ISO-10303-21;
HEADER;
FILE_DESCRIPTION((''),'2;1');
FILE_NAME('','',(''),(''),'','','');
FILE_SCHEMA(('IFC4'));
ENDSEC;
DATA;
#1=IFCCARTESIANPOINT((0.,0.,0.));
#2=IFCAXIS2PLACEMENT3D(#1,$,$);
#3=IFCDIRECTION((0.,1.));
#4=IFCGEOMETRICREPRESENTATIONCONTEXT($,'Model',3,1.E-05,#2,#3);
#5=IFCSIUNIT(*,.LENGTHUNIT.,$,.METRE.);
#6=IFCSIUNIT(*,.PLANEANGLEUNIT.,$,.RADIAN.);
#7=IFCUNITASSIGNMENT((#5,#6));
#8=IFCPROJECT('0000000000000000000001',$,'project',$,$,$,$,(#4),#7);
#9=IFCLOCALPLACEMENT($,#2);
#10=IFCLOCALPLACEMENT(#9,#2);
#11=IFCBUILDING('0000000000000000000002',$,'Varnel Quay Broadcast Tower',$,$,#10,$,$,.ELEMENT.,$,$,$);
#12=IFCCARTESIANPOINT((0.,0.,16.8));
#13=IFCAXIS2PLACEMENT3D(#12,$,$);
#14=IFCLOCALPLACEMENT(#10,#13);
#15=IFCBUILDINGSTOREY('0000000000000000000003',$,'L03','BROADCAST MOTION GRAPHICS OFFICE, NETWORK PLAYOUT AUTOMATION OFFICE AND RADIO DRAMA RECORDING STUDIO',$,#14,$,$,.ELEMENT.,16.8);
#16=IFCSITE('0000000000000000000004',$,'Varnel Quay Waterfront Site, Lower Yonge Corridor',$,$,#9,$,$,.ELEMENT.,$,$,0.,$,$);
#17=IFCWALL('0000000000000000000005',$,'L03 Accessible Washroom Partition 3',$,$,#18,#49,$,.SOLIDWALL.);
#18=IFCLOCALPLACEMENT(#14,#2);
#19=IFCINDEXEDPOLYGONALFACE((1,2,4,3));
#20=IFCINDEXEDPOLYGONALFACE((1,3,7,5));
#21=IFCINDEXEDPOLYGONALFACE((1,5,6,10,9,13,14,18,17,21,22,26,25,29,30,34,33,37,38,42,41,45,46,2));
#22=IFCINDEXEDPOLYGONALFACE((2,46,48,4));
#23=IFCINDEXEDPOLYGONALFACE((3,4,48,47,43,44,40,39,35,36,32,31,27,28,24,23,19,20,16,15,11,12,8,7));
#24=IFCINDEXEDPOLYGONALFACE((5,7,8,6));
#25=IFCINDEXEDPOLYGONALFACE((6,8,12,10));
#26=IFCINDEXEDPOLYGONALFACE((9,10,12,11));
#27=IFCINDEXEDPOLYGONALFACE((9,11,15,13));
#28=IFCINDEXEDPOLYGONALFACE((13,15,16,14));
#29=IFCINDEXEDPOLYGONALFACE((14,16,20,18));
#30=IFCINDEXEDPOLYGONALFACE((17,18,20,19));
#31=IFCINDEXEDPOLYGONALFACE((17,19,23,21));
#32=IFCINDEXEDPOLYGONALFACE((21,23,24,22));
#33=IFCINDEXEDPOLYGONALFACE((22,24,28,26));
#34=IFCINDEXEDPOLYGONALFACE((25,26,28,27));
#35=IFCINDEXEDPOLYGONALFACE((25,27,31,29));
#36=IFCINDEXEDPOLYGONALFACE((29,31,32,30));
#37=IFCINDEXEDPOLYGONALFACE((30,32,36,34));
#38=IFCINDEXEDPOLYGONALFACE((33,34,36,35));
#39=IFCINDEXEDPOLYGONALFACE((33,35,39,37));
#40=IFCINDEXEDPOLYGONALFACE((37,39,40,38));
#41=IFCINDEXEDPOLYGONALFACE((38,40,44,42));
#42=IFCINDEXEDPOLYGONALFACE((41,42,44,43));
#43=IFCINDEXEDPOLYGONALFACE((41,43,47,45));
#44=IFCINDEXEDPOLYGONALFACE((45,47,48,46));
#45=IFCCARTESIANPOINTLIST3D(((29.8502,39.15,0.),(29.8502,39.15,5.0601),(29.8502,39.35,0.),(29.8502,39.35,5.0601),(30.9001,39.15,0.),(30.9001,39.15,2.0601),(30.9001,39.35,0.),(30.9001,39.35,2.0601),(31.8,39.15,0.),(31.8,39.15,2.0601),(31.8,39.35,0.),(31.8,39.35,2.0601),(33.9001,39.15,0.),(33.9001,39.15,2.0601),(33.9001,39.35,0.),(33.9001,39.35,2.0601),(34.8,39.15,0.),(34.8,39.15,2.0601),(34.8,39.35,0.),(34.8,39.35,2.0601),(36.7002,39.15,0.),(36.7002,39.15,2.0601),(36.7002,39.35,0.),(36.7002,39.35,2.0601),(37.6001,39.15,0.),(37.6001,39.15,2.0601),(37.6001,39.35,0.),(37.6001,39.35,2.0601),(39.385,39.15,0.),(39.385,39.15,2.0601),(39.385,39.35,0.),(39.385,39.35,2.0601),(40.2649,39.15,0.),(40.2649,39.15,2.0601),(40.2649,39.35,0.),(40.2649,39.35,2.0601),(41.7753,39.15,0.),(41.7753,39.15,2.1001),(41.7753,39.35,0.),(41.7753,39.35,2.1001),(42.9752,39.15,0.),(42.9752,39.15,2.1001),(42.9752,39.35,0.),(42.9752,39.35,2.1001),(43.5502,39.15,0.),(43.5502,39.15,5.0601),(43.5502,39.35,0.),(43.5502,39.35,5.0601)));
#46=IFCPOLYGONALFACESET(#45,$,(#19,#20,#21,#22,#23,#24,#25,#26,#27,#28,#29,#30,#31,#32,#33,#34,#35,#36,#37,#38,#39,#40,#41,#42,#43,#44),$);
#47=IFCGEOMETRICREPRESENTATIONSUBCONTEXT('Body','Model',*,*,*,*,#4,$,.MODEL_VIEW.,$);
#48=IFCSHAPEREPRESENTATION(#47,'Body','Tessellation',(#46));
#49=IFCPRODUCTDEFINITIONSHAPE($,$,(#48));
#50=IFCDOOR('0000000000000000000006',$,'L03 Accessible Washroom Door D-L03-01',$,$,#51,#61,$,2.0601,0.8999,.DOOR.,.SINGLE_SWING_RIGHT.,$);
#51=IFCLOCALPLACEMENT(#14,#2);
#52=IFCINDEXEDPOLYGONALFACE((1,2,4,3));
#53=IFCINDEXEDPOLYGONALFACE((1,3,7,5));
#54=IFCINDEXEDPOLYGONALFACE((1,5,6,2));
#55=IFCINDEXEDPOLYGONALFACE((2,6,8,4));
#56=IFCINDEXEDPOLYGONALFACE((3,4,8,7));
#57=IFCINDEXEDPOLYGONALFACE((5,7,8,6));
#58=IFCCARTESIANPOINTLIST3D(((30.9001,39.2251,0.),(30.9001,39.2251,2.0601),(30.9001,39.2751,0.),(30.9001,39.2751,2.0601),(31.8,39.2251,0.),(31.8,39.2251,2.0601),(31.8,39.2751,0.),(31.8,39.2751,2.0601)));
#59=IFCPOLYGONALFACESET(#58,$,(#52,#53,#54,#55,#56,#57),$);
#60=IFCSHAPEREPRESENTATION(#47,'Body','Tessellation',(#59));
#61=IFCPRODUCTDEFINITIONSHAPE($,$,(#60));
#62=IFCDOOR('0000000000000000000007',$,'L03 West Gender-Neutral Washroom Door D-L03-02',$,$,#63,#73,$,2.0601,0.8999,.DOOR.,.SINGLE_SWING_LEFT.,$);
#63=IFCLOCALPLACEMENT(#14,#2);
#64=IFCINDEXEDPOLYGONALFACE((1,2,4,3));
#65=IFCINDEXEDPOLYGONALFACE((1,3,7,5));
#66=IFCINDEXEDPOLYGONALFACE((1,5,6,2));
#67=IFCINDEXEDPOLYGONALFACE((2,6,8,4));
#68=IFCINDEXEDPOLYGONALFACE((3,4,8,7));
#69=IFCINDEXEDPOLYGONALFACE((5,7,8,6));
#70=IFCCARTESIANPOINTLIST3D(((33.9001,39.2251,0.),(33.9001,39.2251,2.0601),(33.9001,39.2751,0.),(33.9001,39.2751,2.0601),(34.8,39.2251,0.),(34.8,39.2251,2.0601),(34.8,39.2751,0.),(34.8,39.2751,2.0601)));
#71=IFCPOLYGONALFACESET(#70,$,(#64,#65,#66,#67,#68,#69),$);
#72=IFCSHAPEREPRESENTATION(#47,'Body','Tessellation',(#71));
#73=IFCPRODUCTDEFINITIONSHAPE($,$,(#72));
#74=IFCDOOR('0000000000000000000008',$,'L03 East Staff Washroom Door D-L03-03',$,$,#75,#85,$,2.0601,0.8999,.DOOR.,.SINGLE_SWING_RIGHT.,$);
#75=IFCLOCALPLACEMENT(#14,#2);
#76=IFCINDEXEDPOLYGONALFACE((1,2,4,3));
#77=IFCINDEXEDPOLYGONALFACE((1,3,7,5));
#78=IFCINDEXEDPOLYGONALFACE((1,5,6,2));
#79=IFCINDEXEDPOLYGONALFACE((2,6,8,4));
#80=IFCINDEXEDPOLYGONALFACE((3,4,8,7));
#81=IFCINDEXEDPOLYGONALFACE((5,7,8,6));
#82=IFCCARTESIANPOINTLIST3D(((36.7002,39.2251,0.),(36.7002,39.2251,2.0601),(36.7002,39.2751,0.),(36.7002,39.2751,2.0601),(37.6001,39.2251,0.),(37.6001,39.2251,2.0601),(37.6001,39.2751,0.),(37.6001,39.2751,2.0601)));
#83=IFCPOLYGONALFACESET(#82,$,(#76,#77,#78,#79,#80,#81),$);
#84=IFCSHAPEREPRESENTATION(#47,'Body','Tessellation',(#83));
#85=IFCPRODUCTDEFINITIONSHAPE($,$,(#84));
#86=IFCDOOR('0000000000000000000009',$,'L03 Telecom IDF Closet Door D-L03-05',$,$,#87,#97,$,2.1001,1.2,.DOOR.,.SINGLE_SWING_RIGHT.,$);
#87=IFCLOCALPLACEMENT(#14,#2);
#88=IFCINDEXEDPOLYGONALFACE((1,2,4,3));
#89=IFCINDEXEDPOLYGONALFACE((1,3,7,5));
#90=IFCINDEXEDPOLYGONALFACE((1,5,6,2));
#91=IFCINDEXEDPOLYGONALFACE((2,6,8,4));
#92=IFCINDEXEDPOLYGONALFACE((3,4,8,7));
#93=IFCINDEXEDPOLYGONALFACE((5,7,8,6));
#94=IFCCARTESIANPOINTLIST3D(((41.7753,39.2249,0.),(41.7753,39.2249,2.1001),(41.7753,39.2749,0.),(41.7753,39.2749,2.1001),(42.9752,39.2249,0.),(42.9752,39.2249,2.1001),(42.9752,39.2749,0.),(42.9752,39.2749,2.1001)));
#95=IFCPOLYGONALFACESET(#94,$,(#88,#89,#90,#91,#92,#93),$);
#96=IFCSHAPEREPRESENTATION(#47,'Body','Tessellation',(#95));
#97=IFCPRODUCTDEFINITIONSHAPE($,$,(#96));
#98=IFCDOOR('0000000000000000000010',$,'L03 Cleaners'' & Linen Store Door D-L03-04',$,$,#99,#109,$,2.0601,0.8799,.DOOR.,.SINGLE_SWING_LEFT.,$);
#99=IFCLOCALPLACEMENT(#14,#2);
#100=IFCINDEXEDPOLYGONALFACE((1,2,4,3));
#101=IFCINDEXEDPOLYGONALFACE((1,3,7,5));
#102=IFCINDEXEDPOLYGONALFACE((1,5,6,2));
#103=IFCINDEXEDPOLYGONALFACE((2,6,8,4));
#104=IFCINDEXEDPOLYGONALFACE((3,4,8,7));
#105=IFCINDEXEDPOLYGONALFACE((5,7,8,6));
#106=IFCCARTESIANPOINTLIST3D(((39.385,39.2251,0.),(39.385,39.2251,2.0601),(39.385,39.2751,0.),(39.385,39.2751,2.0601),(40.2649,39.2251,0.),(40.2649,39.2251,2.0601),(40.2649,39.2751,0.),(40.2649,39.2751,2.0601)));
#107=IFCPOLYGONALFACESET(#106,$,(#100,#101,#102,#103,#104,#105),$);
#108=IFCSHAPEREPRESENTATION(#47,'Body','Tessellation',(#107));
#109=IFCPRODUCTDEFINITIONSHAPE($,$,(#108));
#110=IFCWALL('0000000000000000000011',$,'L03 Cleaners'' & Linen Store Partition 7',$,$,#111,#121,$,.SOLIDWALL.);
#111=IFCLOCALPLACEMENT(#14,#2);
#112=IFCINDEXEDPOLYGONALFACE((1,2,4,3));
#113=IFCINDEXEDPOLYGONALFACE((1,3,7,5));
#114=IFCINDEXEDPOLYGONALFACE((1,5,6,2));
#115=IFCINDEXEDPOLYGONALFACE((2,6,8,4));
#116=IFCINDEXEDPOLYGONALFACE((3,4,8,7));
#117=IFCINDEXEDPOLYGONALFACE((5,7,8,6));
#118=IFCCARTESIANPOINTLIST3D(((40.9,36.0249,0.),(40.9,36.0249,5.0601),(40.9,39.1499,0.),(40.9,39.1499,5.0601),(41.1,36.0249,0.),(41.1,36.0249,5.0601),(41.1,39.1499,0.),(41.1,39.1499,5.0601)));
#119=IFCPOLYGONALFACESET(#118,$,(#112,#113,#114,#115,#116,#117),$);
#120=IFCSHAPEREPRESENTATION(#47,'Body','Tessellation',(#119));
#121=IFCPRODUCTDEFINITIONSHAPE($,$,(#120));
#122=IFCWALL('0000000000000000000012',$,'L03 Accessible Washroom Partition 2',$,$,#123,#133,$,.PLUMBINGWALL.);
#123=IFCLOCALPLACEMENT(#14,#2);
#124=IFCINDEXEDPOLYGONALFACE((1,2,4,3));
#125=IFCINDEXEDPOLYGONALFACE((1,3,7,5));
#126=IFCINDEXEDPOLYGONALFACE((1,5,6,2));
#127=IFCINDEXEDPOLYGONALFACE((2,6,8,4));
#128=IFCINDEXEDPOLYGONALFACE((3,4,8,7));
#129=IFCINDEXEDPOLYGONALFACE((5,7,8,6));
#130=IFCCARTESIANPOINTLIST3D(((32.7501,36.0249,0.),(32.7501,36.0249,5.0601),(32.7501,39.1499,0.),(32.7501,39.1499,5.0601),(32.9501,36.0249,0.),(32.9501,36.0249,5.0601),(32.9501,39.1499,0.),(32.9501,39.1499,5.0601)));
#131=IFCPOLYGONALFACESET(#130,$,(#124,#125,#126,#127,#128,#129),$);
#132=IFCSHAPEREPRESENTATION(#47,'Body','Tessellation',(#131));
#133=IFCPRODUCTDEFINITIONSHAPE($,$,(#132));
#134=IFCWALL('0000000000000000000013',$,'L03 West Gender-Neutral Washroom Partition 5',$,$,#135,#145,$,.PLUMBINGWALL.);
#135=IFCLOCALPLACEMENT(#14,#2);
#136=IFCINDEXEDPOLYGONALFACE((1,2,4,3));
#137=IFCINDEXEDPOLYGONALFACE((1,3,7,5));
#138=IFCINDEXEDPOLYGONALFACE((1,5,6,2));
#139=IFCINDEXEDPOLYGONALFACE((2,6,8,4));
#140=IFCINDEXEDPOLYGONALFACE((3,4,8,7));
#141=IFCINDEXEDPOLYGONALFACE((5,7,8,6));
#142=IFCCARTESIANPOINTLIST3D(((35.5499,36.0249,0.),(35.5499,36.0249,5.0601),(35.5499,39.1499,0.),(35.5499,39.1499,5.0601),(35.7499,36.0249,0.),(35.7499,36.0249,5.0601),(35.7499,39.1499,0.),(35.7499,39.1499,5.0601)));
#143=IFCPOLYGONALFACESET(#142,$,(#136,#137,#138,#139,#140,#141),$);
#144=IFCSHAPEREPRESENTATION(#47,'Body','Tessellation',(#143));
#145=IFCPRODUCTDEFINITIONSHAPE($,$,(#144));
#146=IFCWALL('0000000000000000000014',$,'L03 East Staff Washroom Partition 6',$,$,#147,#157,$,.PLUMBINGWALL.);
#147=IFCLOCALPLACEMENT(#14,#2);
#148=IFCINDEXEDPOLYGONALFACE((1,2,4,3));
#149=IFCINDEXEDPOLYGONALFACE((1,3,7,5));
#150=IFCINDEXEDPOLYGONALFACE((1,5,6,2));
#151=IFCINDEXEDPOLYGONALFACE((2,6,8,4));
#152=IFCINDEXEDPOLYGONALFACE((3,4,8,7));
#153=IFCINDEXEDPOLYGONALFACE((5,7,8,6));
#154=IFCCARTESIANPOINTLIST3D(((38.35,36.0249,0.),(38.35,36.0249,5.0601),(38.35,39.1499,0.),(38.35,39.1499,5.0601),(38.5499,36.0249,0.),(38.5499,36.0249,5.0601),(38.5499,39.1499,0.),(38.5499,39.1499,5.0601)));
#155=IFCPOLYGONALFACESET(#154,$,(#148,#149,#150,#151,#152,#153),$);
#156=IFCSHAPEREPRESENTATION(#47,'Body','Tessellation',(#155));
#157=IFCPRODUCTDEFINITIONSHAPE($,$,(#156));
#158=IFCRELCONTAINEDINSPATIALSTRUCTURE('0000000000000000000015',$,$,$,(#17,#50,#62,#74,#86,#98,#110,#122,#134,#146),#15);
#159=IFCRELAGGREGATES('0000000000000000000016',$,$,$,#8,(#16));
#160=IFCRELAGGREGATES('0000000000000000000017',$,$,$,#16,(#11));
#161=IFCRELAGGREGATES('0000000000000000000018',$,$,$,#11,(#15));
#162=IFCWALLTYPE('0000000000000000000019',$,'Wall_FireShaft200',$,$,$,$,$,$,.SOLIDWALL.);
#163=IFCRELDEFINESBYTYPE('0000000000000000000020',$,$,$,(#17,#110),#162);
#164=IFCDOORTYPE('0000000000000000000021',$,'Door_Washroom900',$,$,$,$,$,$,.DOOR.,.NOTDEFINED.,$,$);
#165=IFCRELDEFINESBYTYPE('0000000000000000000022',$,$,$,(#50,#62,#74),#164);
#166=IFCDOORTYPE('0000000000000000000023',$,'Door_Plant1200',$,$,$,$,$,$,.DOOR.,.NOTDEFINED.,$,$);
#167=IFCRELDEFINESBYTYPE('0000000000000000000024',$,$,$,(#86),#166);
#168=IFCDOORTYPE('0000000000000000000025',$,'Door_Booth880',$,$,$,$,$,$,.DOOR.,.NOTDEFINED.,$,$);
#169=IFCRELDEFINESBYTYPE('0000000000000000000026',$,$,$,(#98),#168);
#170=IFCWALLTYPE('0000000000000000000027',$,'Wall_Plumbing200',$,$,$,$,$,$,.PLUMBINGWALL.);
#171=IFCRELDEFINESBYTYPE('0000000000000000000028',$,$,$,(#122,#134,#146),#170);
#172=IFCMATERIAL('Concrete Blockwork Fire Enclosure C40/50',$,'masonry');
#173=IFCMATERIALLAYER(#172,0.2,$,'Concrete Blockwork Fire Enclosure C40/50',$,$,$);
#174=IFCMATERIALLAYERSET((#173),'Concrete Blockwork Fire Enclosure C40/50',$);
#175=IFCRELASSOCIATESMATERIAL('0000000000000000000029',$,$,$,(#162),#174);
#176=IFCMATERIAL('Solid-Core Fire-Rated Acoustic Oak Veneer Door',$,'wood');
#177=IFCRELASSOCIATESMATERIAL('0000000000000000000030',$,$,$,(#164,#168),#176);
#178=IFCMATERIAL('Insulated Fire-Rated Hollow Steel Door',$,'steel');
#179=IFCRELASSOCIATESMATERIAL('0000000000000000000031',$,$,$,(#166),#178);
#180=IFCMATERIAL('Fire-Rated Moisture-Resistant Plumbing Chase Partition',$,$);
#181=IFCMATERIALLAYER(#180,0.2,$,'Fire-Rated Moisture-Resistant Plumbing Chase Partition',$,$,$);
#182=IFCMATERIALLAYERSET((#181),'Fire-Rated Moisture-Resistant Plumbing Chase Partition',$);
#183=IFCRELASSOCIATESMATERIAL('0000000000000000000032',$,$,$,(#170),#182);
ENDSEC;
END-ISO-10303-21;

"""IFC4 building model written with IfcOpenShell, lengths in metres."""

from ifc_helpers import new_model, si_unit, direction, frame, frame_2d, origin, place, context, subcontext, project, spatial, rectangle, extrude, source, transform, mapped, material, layer, layer_set, type_object, type_shapes, element, fill, save


model = new_model("IFC4")

# Units and contexts
model_context = context("Model", 3, precision=1e-05, world=origin(), true_north=direction((0.0, 1.0)))
body_context = subcontext(model_context, "Body", "Model", "MODEL_VIEW")
ifc_project = project(units=[si_unit("LENGTHUNIT", "METRE"), si_unit("PLANEANGLEUNIT", "RADIAN")], contexts=[model_context])

# Site, building, storey
site_placement = place(None, origin())
site = spatial("IfcSite", under=ifc_project, at=site_placement, Name="Varnel Quay Waterfront Site, Lower Yonge Corridor", CompositionType="ELEMENT", RefElevation=0.0)
building_placement = place(site_placement, origin())
building = spatial("IfcBuilding", under=site, at=building_placement, Name="Varnel Quay Broadcast Tower", CompositionType="ELEMENT")
storey_placement = place(building_placement, frame((0.0, 0.0, 16.8)))
storey = spatial("IfcBuildingStorey", under=building, at=storey_placement, Name="L03", Description="BROADCAST MOTION GRAPHICS OFFICE, NETWORK PLAYOUT AUTOMATION OFFICE AND RADIO DRAMA RECORDING STUDIO", CompositionType="ELEMENT", Elevation=16.8)

# Shared definitions
ifc_material_1 = material(Name="Insulated Fire-Rated Hollow Steel Door", Category="steel")

# Shared definitions
ifc_material_2 = material(Name="Concrete Blockwork Fire Enclosure C40/50", Category="masonry")
ifc_layer_1 = layer(ifc_material_2, 0.2, Name="Concrete Blockwork Fire Enclosure C40/50")
ifc_layer_set_1 = layer_set([ifc_layer_1], Name="Concrete Blockwork Fire Enclosure C40/50")
wall_type_1 = type_object("IfcWallType", Name="Wall_FireShaft200", PredefinedType="SOLIDWALL", material=ifc_layer_set_1)

# Wall, openings, doors
wall_1_placement = place(storey_placement, frame((29.8501, 39.25, 0.0), z_axis=(0.0, 0.0, 1.0), x_axis=(1.0, 0.0, 0.0)))
wall_1 = element("IfcWall", 1, at=wall_1_placement, inside=storey, type_object=wall_type_1, Name="L03 Accessible Washroom Partition 3", PredefinedType="SOLIDWALL", context=body_context, shape_type="SweptSolid", body=[
    extrude(rectangle(XDim=13.7, YDim=0.2, at=frame_2d((6.8501, 0.0))), origin(), (0.0, 0.0, 1.0), 5.0601),
])
opening_1_placement = place(wall_1_placement, frame((1.05, 0.0, 0.0)))
opening_1 = element("IfcOpeningElement", 2, at=opening_1_placement, cuts=wall_1, PredefinedType="OPENING", context=body_context, shape_type="SweptSolid", body=[
    extrude(rectangle(XDim=0.8999, YDim=2.0601, at=frame_2d((0.45, 1.03))), frame((0.0, 0.1099, 0.0), z_axis=(0.0, -1.0, 0.0), x_axis=(1.0, 0.0, 0.0)), (0.0, 0.0, 1.0), 0.22),
])
opening_2_placement = place(wall_1_placement, frame((4.05, 0.0, 0.0)))
opening_2 = element("IfcOpeningElement", 3, at=opening_2_placement, cuts=wall_1, PredefinedType="OPENING", context=body_context, shape_type="SweptSolid", body=[
    extrude(rectangle(XDim=0.8999, YDim=2.0601, at=frame_2d((0.45, 1.03))), frame((0.0, 0.1099, 0.0), z_axis=(0.0, -1.0, 0.0), x_axis=(1.0, 0.0, 0.0)), (0.0, 0.0, 1.0), 0.22),
])
opening_3_placement = place(wall_1_placement, frame((6.8501, 0.0, 0.0)))
opening_3 = element("IfcOpeningElement", 4, at=opening_3_placement, cuts=wall_1, PredefinedType="OPENING", context=body_context, shape_type="SweptSolid", body=[
    extrude(rectangle(XDim=0.8999, YDim=2.0601, at=frame_2d((0.45, 1.03))), frame((0.0, 0.1099, 0.0), z_axis=(0.0, -1.0, 0.0), x_axis=(1.0, 0.0, 0.0)), (0.0, 0.0, 1.0), 0.22),
])
opening_4_placement = place(wall_1_placement, frame((9.5349, 0.0, 0.0)))
opening_4 = element("IfcOpeningElement", 5, at=opening_4_placement, cuts=wall_1, PredefinedType="OPENING", context=body_context, shape_type="SweptSolid", body=[
    extrude(rectangle(XDim=0.8799, YDim=2.0601, at=frame_2d((0.4399, 1.03))), frame((0.0, 0.1099, 0.0), z_axis=(0.0, -1.0, 0.0), x_axis=(1.0, 0.0, 0.0)), (0.0, 0.0, 1.0), 0.22),
])
opening_5_placement = place(wall_1_placement, frame((11.925, 0.0, 0.0)))
opening_5 = element("IfcOpeningElement", 6, at=opening_5_placement, cuts=wall_1, PredefinedType="OPENING", context=body_context, shape_type="SweptSolid", body=[
    extrude(rectangle(XDim=1.2, YDim=2.1001, at=frame_2d((0.6001, 1.05))), frame((0.0, 0.1099, 0.0), z_axis=(0.0, -1.0, 0.0), x_axis=(1.0, 0.0, 0.0)), (0.0, 0.0, 1.0), 0.22),
])
ifc_material_3 = material(Name="Solid-Core Fire-Rated Acoustic Oak Veneer Door", Category="wood")
door_type_1 = type_object("IfcDoorType", Name="Door_Washroom900", OperationType="NOTDEFINED", PredefinedType="DOOR", material=ifc_material_3)
shared_shape_1 = source(origin(), body_context, "Body", "SweptSolid", [
    extrude(rectangle(XDim=0.8999, YDim=2.0601, at=frame_2d((0.45, 1.03))), frame((0.0, 0.0249, 0.0), z_axis=(0.0, -1.0, 0.0), x_axis=(1.0, 0.0, 0.0)), (0.0, 0.0, 1.0), 0.05),
])
type_shapes(door_type_1, [shared_shape_1])
door_1_placement = place(opening_1_placement, frame((0.8999, 0.0, 0.0), z_axis=(0.0, 0.0, 1.0), x_axis=(-1.0, 0.0, 0.0)))
door_1 = element("IfcDoor", 7, at=door_1_placement, inside=storey, type_object=door_type_1, Name="L03 Accessible Washroom Door D-L03-01", OperationType="SINGLE_SWING_RIGHT", OverallHeight=2.0601, OverallWidth=0.8999, PredefinedType="DOOR", context=body_context, shape_type="MappedRepresentation", body=[
    mapped(shared_shape_1, transform((0.0, 0.0, 0.0), x_axis=(1.0, 0.0, 0.0), y_axis=(0.0, 1.0, 0.0), z_axis=(0.0, 0.0, 1.0), scale=1.0)),
])
fill(opening_1, door_1)
door_2_placement = place(opening_2_placement, frame((0.8999, 0.0, 0.0), z_axis=(0.0, 0.0, 1.0), x_axis=(-1.0, 0.0, 0.0)))
door_2 = element("IfcDoor", 8, at=door_2_placement, inside=storey, type_object=door_type_1, Name="L03 West Gender-Neutral Washroom Door D-L03-02", OperationType="SINGLE_SWING_LEFT", OverallHeight=2.0601, OverallWidth=0.8999, PredefinedType="DOOR", context=body_context, shape_type="MappedRepresentation", body=[
    mapped(shared_shape_1, transform((0.0, 0.0, 0.0), x_axis=(1.0, 0.0, 0.0), y_axis=(0.0, 1.0, 0.0), z_axis=(0.0, 0.0, 1.0), scale=1.0)),
])
fill(opening_2, door_2)
door_3_placement = place(opening_3_placement, frame((0.8999, 0.0, 0.0), z_axis=(0.0, 0.0, 1.0), x_axis=(-1.0, 0.0, 0.0)))
door_3 = element("IfcDoor", 9, at=door_3_placement, inside=storey, type_object=door_type_1, Name="L03 East Staff Washroom Door D-L03-03", OperationType="SINGLE_SWING_RIGHT", OverallHeight=2.0601, OverallWidth=0.8999, PredefinedType="DOOR", context=body_context, shape_type="MappedRepresentation", body=[
    mapped(shared_shape_1, transform((0.0, 0.0, 0.0), x_axis=(1.0, 0.0, 0.0), y_axis=(0.0, 1.0, 0.0), z_axis=(0.0, 0.0, 1.0), scale=1.0)),
])
fill(opening_3, door_3)
door_type_2 = type_object("IfcDoorType", Name="Door_Plant1200", OperationType="NOTDEFINED", PredefinedType="DOOR", material=ifc_material_1)
shared_shape_2 = source(origin(), body_context, "Body", "SweptSolid", [
    extrude(rectangle(XDim=1.2, YDim=2.1001, at=frame_2d((0.6001, 1.05))), frame((0.0, 0.0249, 0.0), z_axis=(0.0, -1.0, 0.0), x_axis=(1.0, 0.0, 0.0)), (0.0, 0.0, 1.0), 0.05),
])
type_shapes(door_type_2, [shared_shape_2])
door_4_placement = place(opening_5_placement, origin())
door_4 = element("IfcDoor", 10, at=door_4_placement, inside=storey, type_object=door_type_2, Name="L03 Telecom IDF Closet Door D-L03-05", OperationType="SINGLE_SWING_RIGHT", OverallHeight=2.1001, OverallWidth=1.2, PredefinedType="DOOR", context=body_context, shape_type="MappedRepresentation", body=[
    mapped(shared_shape_2, transform((0.0, 0.0, 0.0), x_axis=(1.0, 0.0, 0.0), y_axis=(0.0, 1.0, 0.0), z_axis=(0.0, 0.0, 1.0), scale=1.0)),
])
fill(opening_5, door_4)
door_type_3 = type_object("IfcDoorType", Name="Door_Booth880", OperationType="NOTDEFINED", PredefinedType="DOOR", material=ifc_material_3)
shared_shape_3 = source(origin(), body_context, "Body", "SweptSolid", [
    extrude(rectangle(XDim=0.8799, YDim=2.0601, at=frame_2d((0.4399, 1.03))), frame((0.0, 0.0249, 0.0), z_axis=(0.0, -1.0, 0.0), x_axis=(1.0, 0.0, 0.0)), (0.0, 0.0, 1.0), 0.05),
])
type_shapes(door_type_3, [shared_shape_3])
door_5_placement = place(opening_4_placement, frame((0.8799, 0.0, 0.0), z_axis=(0.0, 0.0, 1.0), x_axis=(-1.0, 0.0, 0.0)))
door_5 = element("IfcDoor", 11, at=door_5_placement, inside=storey, type_object=door_type_3, Name="L03 Cleaners' & Linen Store Door D-L03-04", OperationType="SINGLE_SWING_LEFT", OverallHeight=2.0601, OverallWidth=0.8799, PredefinedType="DOOR", context=body_context, shape_type="MappedRepresentation", body=[
    mapped(shared_shape_3, transform((0.0, 0.0, 0.0), x_axis=(1.0, 0.0, 0.0), y_axis=(0.0, 1.0, 0.0), z_axis=(0.0, 0.0, 1.0), scale=1.0)),
])
fill(opening_4, door_5)

# Walls
wall_2_placement = place(storey_placement, frame((41.0, 36.0249, 0.0), z_axis=(0.0, 0.0, 1.0), x_axis=(0.0, 1.0, 0.0)))
element("IfcWall", 12, at=wall_2_placement, inside=storey, type_object=wall_type_1, Name="L03 Cleaners' & Linen Store Partition 7", PredefinedType="SOLIDWALL", context=body_context, shape_type="SweptSolid", body=[
    extrude(rectangle(XDim=3.125, YDim=0.2, at=frame_2d((1.5625, 0.0))), origin(), (0.0, 0.0, 1.0), 5.0601),
])
ifc_material_4 = material(Name="Fire-Rated Moisture-Resistant Plumbing Chase Partition")
ifc_layer_2 = layer(ifc_material_4, 0.2, Name="Fire-Rated Moisture-Resistant Plumbing Chase Partition")
ifc_layer_set_2 = layer_set([ifc_layer_2], Name="Fire-Rated Moisture-Resistant Plumbing Chase Partition")
wall_type_2 = type_object("IfcWallType", Name="Wall_Plumbing200", PredefinedType="PLUMBINGWALL", material=ifc_layer_set_2)
for number, where, z_axis, x_axis, name in (
    (13, (32.8501, 36.0249, 0.0), (0.0, 0.0, 1.0), (0.0, 1.0, 0.0), "L03 Accessible Washroom Partition 2"),
    (14, (35.6499, 36.0249, 0.0), (0.0, 0.0, 1.0), (0.0, 1.0, 0.0), "L03 West Gender-Neutral Washroom Partition 5"),
    (15, (38.45, 36.0249, 0.0), (0.0, 0.0, 1.0), (0.0, 1.0, 0.0), "L03 East Staff Washroom Partition 6"),
):
    element("IfcWall", number, at=place(storey_placement, frame(where, z_axis=z_axis, x_axis=x_axis)), inside=storey, type_object=wall_type_2, Name=name, PredefinedType="PLUMBINGWALL", context=body_context, shape_type="SweptSolid", body=[
        extrude(rectangle(XDim=3.125, YDim=0.2, at=frame_2d((1.5625, 0.0))), origin(), (0.0, 0.0, 1.0), 5.0601),
    ])

save(model, "model.ifc")
